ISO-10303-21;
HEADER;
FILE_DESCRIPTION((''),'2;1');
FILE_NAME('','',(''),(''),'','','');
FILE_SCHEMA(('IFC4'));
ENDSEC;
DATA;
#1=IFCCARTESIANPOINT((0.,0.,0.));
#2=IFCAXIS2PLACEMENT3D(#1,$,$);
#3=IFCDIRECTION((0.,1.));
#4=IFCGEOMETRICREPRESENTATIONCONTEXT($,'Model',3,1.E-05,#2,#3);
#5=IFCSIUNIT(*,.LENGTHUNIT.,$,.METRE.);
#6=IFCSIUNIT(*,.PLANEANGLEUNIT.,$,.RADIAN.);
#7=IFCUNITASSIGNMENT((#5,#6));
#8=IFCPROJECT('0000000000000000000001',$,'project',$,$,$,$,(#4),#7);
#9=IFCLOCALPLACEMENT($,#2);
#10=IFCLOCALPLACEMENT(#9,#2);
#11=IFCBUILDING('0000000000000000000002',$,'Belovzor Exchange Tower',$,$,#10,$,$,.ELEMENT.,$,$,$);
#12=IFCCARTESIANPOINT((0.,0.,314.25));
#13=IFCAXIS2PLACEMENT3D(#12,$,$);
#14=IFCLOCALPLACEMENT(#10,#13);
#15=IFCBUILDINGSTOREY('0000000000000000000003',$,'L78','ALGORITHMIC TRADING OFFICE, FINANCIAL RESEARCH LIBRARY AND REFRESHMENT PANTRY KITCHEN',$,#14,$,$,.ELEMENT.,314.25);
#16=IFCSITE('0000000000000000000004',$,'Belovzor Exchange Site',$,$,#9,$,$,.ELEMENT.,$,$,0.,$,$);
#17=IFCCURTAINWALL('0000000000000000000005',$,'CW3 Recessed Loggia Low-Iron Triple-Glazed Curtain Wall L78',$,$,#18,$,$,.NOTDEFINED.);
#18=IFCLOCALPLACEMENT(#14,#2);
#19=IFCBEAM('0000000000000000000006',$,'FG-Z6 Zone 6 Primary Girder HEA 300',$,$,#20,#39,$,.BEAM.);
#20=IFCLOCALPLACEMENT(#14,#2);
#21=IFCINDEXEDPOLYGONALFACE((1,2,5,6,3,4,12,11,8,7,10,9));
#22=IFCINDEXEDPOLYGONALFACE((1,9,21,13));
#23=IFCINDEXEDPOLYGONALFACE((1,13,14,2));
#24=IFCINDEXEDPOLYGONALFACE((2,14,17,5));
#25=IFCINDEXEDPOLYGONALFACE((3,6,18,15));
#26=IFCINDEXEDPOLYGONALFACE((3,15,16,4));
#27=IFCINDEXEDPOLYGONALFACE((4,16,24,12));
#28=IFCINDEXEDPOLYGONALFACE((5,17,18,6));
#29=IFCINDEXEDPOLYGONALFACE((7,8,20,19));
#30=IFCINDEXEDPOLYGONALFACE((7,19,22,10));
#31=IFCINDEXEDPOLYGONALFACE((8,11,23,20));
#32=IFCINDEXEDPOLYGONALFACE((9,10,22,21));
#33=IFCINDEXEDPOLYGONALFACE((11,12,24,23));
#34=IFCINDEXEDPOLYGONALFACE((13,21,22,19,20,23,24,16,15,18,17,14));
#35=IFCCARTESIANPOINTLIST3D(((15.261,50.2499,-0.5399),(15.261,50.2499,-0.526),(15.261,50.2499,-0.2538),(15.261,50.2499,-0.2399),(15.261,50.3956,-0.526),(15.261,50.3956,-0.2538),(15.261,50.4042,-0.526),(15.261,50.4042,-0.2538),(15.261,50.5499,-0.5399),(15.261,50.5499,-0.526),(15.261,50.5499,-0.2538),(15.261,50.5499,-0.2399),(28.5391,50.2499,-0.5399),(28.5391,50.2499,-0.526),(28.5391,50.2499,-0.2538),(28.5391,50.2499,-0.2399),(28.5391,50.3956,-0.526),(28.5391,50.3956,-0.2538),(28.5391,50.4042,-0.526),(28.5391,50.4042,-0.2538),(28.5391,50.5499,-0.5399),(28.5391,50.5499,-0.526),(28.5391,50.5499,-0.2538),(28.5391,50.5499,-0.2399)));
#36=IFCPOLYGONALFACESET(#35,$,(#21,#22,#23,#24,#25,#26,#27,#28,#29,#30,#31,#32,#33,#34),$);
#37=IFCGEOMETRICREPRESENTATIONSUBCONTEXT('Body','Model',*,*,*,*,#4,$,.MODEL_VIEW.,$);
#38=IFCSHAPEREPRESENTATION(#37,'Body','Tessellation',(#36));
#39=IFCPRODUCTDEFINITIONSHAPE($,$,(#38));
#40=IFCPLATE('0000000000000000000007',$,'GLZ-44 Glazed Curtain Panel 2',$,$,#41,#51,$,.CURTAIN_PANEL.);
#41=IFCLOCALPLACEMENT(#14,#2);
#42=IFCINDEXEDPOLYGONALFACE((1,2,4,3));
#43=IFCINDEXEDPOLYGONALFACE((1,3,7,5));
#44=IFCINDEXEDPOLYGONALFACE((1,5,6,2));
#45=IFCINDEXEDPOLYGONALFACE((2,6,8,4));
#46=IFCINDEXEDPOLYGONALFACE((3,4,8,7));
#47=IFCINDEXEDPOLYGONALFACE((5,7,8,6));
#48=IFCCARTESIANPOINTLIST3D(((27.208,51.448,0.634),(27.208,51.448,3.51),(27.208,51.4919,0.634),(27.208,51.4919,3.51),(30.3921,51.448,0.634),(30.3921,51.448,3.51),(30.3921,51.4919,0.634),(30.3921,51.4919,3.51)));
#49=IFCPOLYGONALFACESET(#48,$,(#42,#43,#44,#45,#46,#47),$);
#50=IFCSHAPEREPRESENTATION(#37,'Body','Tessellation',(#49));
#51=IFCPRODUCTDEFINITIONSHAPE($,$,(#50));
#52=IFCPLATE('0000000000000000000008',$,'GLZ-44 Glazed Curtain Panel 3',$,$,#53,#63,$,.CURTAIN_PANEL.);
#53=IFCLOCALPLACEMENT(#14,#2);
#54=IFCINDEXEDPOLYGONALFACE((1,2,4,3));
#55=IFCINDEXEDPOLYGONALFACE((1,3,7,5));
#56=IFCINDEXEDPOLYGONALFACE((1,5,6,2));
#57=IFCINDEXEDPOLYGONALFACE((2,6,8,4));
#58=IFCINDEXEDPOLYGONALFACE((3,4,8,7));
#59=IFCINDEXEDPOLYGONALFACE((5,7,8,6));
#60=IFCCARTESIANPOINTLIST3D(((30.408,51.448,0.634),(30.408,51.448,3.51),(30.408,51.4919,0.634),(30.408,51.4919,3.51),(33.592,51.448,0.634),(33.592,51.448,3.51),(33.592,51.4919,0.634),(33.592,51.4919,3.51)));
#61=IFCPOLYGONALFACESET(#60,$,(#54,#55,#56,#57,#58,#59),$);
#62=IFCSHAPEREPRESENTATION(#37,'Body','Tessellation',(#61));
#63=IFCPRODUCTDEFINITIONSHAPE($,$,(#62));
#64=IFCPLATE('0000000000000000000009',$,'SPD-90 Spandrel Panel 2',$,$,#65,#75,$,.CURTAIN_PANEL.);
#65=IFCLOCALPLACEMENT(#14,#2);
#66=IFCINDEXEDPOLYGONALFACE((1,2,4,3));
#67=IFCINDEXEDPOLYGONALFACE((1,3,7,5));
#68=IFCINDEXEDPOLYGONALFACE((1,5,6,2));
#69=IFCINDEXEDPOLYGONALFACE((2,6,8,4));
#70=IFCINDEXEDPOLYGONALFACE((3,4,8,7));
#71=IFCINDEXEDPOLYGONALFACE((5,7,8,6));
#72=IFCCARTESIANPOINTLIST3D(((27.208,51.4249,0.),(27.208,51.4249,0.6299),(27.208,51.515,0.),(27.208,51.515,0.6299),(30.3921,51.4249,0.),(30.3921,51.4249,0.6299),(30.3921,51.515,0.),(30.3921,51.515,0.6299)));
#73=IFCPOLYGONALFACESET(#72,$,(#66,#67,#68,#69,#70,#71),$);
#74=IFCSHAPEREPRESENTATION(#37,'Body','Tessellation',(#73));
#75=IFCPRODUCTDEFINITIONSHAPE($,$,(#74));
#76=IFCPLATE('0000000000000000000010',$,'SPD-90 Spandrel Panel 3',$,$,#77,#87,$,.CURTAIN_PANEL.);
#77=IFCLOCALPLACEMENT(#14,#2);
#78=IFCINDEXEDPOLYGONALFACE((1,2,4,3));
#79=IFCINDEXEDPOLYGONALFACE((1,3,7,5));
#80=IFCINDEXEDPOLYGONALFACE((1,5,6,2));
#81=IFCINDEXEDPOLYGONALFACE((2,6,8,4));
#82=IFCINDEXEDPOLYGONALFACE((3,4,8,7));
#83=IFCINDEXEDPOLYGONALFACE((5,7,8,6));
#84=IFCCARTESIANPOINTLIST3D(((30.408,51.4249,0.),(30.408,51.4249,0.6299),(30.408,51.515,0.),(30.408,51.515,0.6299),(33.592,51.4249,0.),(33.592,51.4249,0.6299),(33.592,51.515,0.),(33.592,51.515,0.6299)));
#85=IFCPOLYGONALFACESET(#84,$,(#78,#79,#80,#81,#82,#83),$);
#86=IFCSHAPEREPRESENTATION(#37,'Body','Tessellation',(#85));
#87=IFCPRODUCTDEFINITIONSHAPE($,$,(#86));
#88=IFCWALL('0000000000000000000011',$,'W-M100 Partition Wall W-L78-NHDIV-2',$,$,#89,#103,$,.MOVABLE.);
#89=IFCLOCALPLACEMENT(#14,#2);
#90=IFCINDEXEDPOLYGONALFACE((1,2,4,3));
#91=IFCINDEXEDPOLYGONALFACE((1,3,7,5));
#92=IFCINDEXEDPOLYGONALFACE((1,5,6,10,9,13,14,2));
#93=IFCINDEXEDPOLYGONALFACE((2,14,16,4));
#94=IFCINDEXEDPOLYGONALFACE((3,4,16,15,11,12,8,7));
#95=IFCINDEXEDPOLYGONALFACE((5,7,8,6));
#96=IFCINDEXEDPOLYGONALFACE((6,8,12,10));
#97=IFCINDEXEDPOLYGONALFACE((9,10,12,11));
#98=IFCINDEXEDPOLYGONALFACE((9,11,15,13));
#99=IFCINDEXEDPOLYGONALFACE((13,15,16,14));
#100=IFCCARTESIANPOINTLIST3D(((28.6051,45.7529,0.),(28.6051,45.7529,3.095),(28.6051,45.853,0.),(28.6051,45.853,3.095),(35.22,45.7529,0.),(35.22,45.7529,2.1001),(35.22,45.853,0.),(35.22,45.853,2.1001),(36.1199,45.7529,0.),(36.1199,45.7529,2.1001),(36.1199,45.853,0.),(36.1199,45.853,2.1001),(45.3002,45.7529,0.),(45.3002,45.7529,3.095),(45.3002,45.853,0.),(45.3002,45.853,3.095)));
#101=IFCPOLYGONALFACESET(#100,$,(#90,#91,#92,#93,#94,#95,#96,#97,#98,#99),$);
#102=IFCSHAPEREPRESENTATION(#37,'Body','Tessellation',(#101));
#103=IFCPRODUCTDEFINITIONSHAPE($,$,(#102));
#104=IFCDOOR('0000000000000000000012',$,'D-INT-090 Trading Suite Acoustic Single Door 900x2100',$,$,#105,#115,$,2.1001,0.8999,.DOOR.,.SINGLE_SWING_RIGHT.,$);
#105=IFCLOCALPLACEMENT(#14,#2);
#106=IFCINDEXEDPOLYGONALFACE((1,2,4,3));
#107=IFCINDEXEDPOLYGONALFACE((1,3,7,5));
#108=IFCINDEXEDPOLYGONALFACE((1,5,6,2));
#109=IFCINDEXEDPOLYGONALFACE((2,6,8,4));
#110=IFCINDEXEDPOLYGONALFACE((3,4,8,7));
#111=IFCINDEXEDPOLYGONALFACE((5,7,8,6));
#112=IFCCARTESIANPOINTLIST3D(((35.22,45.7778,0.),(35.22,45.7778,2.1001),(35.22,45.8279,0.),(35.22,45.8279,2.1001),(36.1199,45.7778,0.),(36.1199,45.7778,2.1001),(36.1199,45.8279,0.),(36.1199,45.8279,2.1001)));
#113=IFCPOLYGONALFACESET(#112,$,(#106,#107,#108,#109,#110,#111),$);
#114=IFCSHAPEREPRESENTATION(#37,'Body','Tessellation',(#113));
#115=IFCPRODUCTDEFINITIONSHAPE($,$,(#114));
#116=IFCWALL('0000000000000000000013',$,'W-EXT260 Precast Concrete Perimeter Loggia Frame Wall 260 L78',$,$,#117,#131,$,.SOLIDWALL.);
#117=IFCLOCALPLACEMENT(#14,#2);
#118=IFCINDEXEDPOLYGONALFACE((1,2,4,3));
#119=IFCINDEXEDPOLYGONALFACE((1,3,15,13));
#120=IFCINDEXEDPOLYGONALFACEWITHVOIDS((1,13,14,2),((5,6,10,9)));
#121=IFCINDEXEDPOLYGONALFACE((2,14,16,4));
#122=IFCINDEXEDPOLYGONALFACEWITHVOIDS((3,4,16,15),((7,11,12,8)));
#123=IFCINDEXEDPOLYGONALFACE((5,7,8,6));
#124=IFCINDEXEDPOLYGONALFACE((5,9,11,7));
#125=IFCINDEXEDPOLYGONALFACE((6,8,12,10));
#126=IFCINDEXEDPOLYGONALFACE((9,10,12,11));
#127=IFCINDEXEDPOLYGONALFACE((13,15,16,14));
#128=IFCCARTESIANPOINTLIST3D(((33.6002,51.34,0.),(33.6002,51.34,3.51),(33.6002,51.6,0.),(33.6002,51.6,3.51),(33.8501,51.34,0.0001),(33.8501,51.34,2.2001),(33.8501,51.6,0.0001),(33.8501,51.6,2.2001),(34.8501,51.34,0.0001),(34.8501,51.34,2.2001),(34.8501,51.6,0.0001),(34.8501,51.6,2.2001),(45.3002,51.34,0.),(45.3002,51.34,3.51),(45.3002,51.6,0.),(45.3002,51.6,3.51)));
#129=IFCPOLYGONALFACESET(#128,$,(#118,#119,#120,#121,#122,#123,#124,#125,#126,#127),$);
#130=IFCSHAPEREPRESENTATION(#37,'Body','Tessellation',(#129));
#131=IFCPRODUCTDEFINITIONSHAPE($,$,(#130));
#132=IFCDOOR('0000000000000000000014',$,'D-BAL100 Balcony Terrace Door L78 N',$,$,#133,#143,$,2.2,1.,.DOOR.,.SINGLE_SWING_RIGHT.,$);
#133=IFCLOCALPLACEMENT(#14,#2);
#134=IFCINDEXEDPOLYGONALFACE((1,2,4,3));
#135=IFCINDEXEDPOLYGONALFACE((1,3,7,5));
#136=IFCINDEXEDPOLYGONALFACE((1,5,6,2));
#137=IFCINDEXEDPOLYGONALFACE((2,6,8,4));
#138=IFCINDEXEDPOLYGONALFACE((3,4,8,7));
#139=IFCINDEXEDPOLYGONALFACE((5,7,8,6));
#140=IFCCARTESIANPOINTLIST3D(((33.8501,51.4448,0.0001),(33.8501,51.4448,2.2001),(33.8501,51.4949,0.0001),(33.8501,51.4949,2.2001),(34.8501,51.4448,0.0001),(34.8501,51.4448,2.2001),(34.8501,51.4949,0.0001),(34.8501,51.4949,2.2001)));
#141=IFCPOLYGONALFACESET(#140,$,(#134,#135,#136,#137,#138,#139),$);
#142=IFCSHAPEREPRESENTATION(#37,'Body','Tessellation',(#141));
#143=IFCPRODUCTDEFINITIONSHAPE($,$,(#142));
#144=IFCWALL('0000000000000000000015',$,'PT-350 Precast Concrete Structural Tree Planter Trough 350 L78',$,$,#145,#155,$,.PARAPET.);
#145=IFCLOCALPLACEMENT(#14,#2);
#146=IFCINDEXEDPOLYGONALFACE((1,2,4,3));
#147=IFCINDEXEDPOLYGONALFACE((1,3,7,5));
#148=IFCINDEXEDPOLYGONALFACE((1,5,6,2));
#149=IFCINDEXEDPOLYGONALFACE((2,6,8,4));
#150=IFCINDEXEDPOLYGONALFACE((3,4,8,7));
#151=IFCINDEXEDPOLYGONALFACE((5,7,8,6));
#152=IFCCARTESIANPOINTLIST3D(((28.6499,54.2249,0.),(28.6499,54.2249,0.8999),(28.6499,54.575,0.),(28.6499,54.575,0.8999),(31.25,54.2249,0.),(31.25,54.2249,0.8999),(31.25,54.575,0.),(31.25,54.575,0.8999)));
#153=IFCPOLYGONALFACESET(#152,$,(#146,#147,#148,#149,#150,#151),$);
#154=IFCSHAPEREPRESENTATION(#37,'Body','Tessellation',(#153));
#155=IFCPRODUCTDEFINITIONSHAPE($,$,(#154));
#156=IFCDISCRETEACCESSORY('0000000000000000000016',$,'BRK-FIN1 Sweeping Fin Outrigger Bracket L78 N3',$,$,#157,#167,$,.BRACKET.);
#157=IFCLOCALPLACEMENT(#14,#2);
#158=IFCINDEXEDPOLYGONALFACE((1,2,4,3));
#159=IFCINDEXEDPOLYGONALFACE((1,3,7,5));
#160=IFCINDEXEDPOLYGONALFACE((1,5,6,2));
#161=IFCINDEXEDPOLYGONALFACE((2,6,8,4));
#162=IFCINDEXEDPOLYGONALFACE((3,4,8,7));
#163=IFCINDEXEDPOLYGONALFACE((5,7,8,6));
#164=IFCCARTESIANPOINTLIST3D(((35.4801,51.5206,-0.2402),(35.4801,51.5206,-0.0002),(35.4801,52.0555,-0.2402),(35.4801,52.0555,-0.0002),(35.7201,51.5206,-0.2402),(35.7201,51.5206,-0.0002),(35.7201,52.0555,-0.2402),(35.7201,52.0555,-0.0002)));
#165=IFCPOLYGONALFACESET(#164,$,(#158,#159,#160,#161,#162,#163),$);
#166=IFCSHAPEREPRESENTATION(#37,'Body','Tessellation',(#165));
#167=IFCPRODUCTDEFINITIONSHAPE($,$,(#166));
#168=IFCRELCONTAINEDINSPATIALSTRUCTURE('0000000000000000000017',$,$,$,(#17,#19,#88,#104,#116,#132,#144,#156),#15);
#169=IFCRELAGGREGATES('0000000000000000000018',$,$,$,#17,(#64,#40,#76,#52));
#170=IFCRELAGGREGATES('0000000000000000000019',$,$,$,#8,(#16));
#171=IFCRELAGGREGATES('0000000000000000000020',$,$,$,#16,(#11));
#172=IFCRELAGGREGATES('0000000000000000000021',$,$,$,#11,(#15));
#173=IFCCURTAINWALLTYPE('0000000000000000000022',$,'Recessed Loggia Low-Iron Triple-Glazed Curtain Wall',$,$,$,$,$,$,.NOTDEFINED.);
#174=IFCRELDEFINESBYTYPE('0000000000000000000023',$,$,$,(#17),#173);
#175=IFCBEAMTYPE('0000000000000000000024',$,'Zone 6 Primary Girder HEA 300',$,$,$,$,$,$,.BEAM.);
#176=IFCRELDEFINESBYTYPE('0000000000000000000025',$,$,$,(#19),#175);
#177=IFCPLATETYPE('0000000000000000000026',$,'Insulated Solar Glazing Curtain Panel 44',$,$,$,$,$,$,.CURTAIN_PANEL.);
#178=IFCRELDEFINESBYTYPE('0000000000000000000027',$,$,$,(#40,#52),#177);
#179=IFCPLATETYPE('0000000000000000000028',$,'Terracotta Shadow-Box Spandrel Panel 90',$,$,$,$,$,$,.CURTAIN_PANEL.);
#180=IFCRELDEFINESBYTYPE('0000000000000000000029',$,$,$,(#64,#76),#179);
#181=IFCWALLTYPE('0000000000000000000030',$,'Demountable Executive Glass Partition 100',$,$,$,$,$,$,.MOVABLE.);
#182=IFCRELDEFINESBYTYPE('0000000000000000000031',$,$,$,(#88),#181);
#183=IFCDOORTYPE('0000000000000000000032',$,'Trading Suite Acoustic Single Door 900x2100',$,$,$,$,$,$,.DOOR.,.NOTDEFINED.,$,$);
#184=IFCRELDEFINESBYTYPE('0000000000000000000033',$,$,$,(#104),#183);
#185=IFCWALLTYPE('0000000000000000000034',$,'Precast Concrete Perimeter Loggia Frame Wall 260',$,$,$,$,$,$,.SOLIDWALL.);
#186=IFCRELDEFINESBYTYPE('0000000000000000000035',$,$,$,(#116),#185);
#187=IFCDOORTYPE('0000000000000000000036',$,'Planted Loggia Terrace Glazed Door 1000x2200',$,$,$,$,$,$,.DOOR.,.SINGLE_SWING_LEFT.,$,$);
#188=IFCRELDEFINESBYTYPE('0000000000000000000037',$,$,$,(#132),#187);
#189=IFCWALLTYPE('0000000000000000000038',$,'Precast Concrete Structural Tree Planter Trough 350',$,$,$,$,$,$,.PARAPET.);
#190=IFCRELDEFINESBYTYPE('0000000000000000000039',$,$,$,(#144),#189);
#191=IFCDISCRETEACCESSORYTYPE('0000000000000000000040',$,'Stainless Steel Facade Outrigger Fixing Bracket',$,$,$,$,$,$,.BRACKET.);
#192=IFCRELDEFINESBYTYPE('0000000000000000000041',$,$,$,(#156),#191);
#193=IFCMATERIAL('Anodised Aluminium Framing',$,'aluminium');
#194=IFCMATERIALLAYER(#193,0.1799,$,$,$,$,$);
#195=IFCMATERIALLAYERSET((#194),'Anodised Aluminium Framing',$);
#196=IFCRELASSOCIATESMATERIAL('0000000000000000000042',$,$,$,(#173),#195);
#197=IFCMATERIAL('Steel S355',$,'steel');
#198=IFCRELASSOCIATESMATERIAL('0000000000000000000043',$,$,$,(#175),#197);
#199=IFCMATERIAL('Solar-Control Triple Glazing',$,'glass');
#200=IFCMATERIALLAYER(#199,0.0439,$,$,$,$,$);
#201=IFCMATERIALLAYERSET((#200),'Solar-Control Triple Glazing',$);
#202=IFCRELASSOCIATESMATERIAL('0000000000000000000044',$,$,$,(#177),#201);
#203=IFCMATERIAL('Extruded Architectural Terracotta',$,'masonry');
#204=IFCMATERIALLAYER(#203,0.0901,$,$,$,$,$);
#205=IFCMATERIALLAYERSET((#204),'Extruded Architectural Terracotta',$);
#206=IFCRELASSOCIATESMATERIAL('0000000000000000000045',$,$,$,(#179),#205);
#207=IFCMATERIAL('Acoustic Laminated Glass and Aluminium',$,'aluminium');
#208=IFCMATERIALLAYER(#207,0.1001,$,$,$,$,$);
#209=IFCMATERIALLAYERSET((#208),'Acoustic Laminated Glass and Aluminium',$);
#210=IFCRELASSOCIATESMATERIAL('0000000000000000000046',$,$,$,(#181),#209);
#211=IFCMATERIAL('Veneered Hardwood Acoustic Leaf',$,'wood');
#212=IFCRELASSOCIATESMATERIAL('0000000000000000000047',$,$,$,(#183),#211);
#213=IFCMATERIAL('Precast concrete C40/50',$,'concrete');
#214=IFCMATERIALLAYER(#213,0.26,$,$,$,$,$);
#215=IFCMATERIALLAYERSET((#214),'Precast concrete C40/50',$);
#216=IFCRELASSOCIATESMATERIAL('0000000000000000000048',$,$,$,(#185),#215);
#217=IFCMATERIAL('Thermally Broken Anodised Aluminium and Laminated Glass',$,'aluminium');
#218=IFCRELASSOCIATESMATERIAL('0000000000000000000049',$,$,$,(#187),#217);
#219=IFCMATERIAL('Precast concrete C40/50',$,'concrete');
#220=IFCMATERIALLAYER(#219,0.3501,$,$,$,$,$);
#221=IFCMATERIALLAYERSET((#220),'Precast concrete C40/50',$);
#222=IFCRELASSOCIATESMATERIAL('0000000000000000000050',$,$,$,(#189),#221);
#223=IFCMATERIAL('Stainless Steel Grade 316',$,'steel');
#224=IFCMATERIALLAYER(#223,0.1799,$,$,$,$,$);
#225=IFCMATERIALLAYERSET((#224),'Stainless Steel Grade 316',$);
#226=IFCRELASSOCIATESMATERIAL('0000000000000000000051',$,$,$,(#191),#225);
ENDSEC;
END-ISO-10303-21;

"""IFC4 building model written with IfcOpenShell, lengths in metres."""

from ifc_helpers import new_model, si_unit, direction, frame, frame_2d, origin, origin_2d, place, context, subcontext, project, spatial, rectangle, i_section, extrude, material, layer, layer_set, material_profile, profile_set, type_object, element, fill, aggregate, save


model = new_model("IFC4")

# Units and contexts
model_context = context("Model", 3, precision=1e-05, world=origin(), true_north=direction((0.0, 1.0)))
body_context = subcontext(model_context, "Body", "Model", "MODEL_VIEW")
ifc_project = project(units=[si_unit("LENGTHUNIT", "METRE"), si_unit("PLANEANGLEUNIT", "RADIAN")], contexts=[model_context])

# Site, building, storey
site_placement = place(None, origin())
site = spatial("IfcSite", under=ifc_project, at=site_placement, Name="Belovzor Exchange Site", CompositionType="ELEMENT", RefElevation=0.0)
building_placement = place(site_placement, origin())
building = spatial("IfcBuilding", under=site, at=building_placement, Name="Belovzor Exchange Tower", CompositionType="ELEMENT")
storey_placement = place(building_placement, frame((0.0, 0.0, 314.25)))
storey = spatial("IfcBuildingStorey", under=building, at=storey_placement, Name="L78", Description="ALGORITHMIC TRADING OFFICE, FINANCIAL RESEARCH LIBRARY AND REFRESHMENT PANTRY KITCHEN", CompositionType="ELEMENT", Elevation=314.25)

# Curtain wall
ifc_material_1 = material(Name="Anodised Aluminium Framing", Category="aluminium")
ifc_layer_1 = layer(ifc_material_1, 0.1799)
ifc_layer_set_1 = layer_set([ifc_layer_1], Name="Anodised Aluminium Framing")
curtain_wall_type = type_object("IfcCurtainWallType", Name="Recessed Loggia Low-Iron Triple-Glazed Curtain Wall", PredefinedType="NOTDEFINED", material=ifc_layer_set_1)
curtain_wall_placement = place(storey_placement, origin())
curtain_wall = element("IfcCurtainWall", 1, at=curtain_wall_placement, inside=storey, type_object=curtain_wall_type, Name="CW3 Recessed Loggia Low-Iron Triple-Glazed Curtain Wall L78", PredefinedType="NOTDEFINED")

# Beam
ifc_material_2 = material(Name="Steel S355", Category="steel")
ifc_material_profile_1 = material_profile(ifc_material_2, i_section(OverallWidth=0.3, OverallDepth=0.3, WebThickness=0.0085, FlangeThickness=0.0139, at=origin_2d()))
ifc_profile_set_1 = profile_set([ifc_material_profile_1], Name="Steel S355")
beam_type_1 = type_object("IfcBeamType", Name="Zone 6 Primary Girder HEA 300", PredefinedType="BEAM", material=ifc_profile_set_1)
beam_1_placement = place(storey_placement, frame((28.5391, 50.3999, -0.3899), z_axis=(-1.0, 0.0, 0.0), x_axis=(0.0, -1.0, 0.0)))
element("IfcBeam", 2, at=beam_1_placement, inside=storey, type_object=beam_type_1, Name="FG-Z6 Zone 6 Primary Girder HEA 300", PredefinedType="BEAM", context=body_context, shape_type="SweptSolid", body=[
    extrude(i_section(OverallWidth=0.3, OverallDepth=0.3, WebThickness=0.0085, FlangeThickness=0.0139, at=origin_2d()), origin(), (0.0, 0.0, 1.0), 13.2781),
])

# Plates
ifc_material_3 = material(Name="Solar-Control Triple Glazing", Category="glass")
ifc_layer_2 = layer(ifc_material_3, 0.0439)
ifc_layer_set_2 = layer_set([ifc_layer_2], Name="Solar-Control Triple Glazing")
plate_type_1 = type_object("IfcPlateType", Name="Insulated Solar Glazing Curtain Panel 44", PredefinedType="CURTAIN_PANEL", material=ifc_layer_set_2)
plate_1_placement = place(storey_placement, frame((28.8, 51.47, 0.634), z_axis=(0.0, 0.0, 1.0), x_axis=(1.0, 0.0, 0.0)))
plate_1 = element("IfcPlate", 3, at=plate_1_placement, type_object=plate_type_1, Name="GLZ-44 Glazed Curtain Panel 2", PredefinedType="CURTAIN_PANEL", context=body_context, shape_type="SweptSolid", body=[
    extrude(rectangle(XDim=3.1841, YDim=0.0439, at=origin_2d()), origin(), (0.0, 0.0, 1.0), 2.876),
])
plate_2_placement = place(storey_placement, frame((32.0, 51.47, 0.634), z_axis=(0.0, 0.0, 1.0), x_axis=(1.0, 0.0, 0.0)))
plate_2 = element("IfcPlate", 4, at=plate_2_placement, type_object=plate_type_1, Name="GLZ-44 Glazed Curtain Panel 3", PredefinedType="CURTAIN_PANEL", context=body_context, shape_type="SweptSolid", body=[
    extrude(rectangle(XDim=3.1841, YDim=0.0439, at=origin_2d()), origin(), (0.0, 0.0, 1.0), 2.876),
])
ifc_material_4 = material(Name="Extruded Architectural Terracotta", Category="masonry")
ifc_layer_3 = layer(ifc_material_4, 0.0901)
ifc_layer_set_3 = layer_set([ifc_layer_3], Name="Extruded Architectural Terracotta")
plate_type_2 = type_object("IfcPlateType", Name="Terracotta Shadow-Box Spandrel Panel 90", PredefinedType="CURTAIN_PANEL", material=ifc_layer_set_3)
plate_3_placement = place(storey_placement, frame((28.8, 51.47, 0.0), z_axis=(0.0, 0.0, 1.0), x_axis=(1.0, 0.0, 0.0)))
plate_3 = element("IfcPlate", 5, at=plate_3_placement, type_object=plate_type_2, Name="SPD-90 Spandrel Panel 2", PredefinedType="CURTAIN_PANEL", context=body_context, shape_type="SweptSolid", body=[
    extrude(rectangle(XDim=3.1841, YDim=0.0901, at=origin_2d()), origin(), (0.0, 0.0, 1.0), 0.6299),
])
plate_4_placement = place(storey_placement, frame((32.0, 51.47, 0.0), z_axis=(0.0, 0.0, 1.0), x_axis=(1.0, 0.0, 0.0)))
plate_4 = element("IfcPlate", 6, at=plate_4_placement, type_object=plate_type_2, Name="SPD-90 Spandrel Panel 3", PredefinedType="CURTAIN_PANEL", context=body_context, shape_type="SweptSolid", body=[
    extrude(rectangle(XDim=3.1841, YDim=0.0901, at=origin_2d()), origin(), (0.0, 0.0, 1.0), 0.6299),
])
aggregate(curtain_wall, [plate_3, plate_1, plate_4, plate_2])

# Walls, openings, doors
ifc_material_5 = material(Name="Acoustic Laminated Glass and Aluminium", Category="aluminium")
ifc_layer_4 = layer(ifc_material_5, 0.1001)
ifc_layer_set_4 = layer_set([ifc_layer_4], Name="Acoustic Laminated Glass and Aluminium")
wall_type_1 = type_object("IfcWallType", Name="Demountable Executive Glass Partition 100", PredefinedType="MOVABLE", material=ifc_layer_set_4)
wall_1_placement = place(storey_placement, frame((28.605, 45.803, 0.0), z_axis=(0.0, 0.0, 1.0), x_axis=(1.0, 0.0, 0.0)))
wall_1 = element("IfcWall", 7, at=wall_1_placement, inside=storey, type_object=wall_type_1, Name="W-M100 Partition Wall W-L78-NHDIV-2", PredefinedType="MOVABLE", context=body_context, shape_type="SweptSolid", body=[
    extrude(rectangle(XDim=16.6951, YDim=0.1001, at=frame_2d((8.3477, 0.0))), origin(), (0.0, 0.0, 1.0), 3.095),
])
opening_1_placement = place(wall_1_placement, frame((6.615, 0.0, 0.0)))
opening_1 = element("IfcOpeningElement", 8, at=opening_1_placement, cuts=wall_1, PredefinedType="OPENING", context=body_context, shape_type="SweptSolid", body=[
    extrude(rectangle(XDim=0.8999, YDim=2.1001, at=frame_2d((0.45, 1.05))), frame((0.0, 0.0601, 0.0), z_axis=(0.0, -1.0, 0.0), x_axis=(1.0, 0.0, 0.0)), (0.0, 0.0, 1.0), 0.1201),
])
ifc_material_6 = material(Name="Veneered Hardwood Acoustic Leaf", Category="wood")
door_type_1 = type_object("IfcDoorType", Name="Trading Suite Acoustic Single Door 900x2100", OperationType="NOTDEFINED", PredefinedType="DOOR", material=ifc_material_6)
door_1_placement = place(opening_1_placement, origin())
door_1 = element("IfcDoor", 9, at=door_1_placement, inside=storey, type_object=door_type_1, Name="D-INT-090 Trading Suite Acoustic Single Door 900x2100", OperationType="SINGLE_SWING_RIGHT", OverallHeight=2.1001, OverallWidth=0.8999, PredefinedType="DOOR", context=body_context, shape_type="SweptSolid", body=[
    extrude(rectangle(XDim=0.8999, YDim=2.1001, at=frame_2d((0.45, 1.05))), frame((0.0, 0.0249, 0.0), z_axis=(0.0, -1.0, 0.0), x_axis=(1.0, 0.0, 0.0)), (0.0, 0.0, 1.0), 0.05),
])
fill(opening_1, door_1)
ifc_material_7 = material(Name="Precast concrete C40/50", Category="concrete")
ifc_layer_5 = layer(ifc_material_7, 0.26)
ifc_layer_set_5 = layer_set([ifc_layer_5], Name="Precast concrete C40/50")
wall_type_2 = type_object("IfcWallType", Name="Precast Concrete Perimeter Loggia Frame Wall 260", PredefinedType="SOLIDWALL", material=ifc_layer_set_5)
wall_2_placement = place(storey_placement, frame((33.6001, 51.47, 0.0), z_axis=(0.0, 0.0, 1.0), x_axis=(1.0, 0.0, 0.0)))
wall_2 = element("IfcWall", 10, at=wall_2_placement, inside=storey, type_object=wall_type_2, Name="W-EXT260 Precast Concrete Perimeter Loggia Frame Wall 260 L78", PredefinedType="SOLIDWALL", context=body_context, shape_type="SweptSolid", body=[
    extrude(rectangle(XDim=11.7, YDim=0.26, at=frame_2d((5.8501, 0.0))), origin(), (0.0, 0.0, 1.0), 3.51),
])
opening_2_placement = place(wall_2_placement, frame((0.25, 0.0, 0.0)))
opening_2 = element("IfcOpeningElement", 11, at=opening_2_placement, cuts=wall_2, PredefinedType="OPENING", context=body_context, shape_type="SweptSolid", body=[
    extrude(rectangle(XDim=1.0, YDim=2.2, at=frame_2d((0.5, 1.1001))), frame((0.0, 0.1399, 0.0), z_axis=(0.0, -1.0, 0.0), x_axis=(1.0, 0.0, 0.0)), (0.0, 0.0, 1.0), 0.28),
])
ifc_material_8 = material(Name="Thermally Broken Anodised Aluminium and Laminated Glass", Category="aluminium")
door_type_2 = type_object("IfcDoorType", Name="Planted Loggia Terrace Glazed Door 1000x2200", OperationType="SINGLE_SWING_LEFT", PredefinedType="DOOR", material=ifc_material_8)
door_2_placement = place(opening_2_placement, origin())
door_2 = element("IfcDoor", 12, at=door_2_placement, inside=storey, type_object=door_type_2, Name="D-BAL100 Balcony Terrace Door L78 N", OperationType="SINGLE_SWING_RIGHT", OverallHeight=2.2, OverallWidth=1.0, PredefinedType="DOOR", context=body_context, shape_type="SweptSolid", body=[
    extrude(rectangle(XDim=1.0, YDim=2.2, at=frame_2d((0.5, 1.1001))), frame((0.0, 0.0249, 0.0), z_axis=(0.0, -1.0, 0.0), x_axis=(1.0, 0.0, 0.0)), (0.0, 0.0, 1.0), 0.05),
])
fill(opening_2, door_2)

# Wall
ifc_material_9 = material(Name="Precast concrete C40/50", Category="concrete")
ifc_layer_6 = layer(ifc_material_9, 0.3501)
ifc_layer_set_6 = layer_set([ifc_layer_6], Name="Precast concrete C40/50")
wall_type_3 = type_object("IfcWallType", Name="Precast Concrete Structural Tree Planter Trough 350", PredefinedType="PARAPET", material=ifc_layer_set_6)
wall_3_placement = place(storey_placement, frame((28.6499, 54.3999, 0.0), z_axis=(0.0, 0.0, 1.0), x_axis=(1.0, 0.0, 0.0)))
element("IfcWall", 13, at=wall_3_placement, inside=storey, type_object=wall_type_3, Name="PT-350 Precast Concrete Structural Tree Planter Trough 350 L78", PredefinedType="PARAPET", context=body_context, shape_type="SweptSolid", body=[
    extrude(rectangle(XDim=2.6001, YDim=0.3501, at=frame_2d((1.3, 0.0))), origin(), (0.0, 0.0, 1.0), 0.8999),
])

# Discrete accessory
ifc_material_10 = material(Name="Stainless Steel Grade 316", Category="steel")
ifc_layer_7 = layer(ifc_material_10, 0.1799)
ifc_layer_set_7 = layer_set([ifc_layer_7], Name="Stainless Steel Grade 316")
discrete_accessory_type = type_object("IfcDiscreteAccessoryType", Name="Stainless Steel Facade Outrigger Fixing Bracket", PredefinedType="BRACKET", material=ifc_layer_set_7)
discrete_accessory_placement = place(storey_placement, frame((35.6001, 51.7881, -0.2402), z_axis=(0.0, 0.0, 1.0), x_axis=(0.0, 1.0, 0.0)))
element("IfcDiscreteAccessory", 14, at=discrete_accessory_placement, inside=storey, type_object=discrete_accessory_type, Name="BRK-FIN1 Sweeping Fin Outrigger Bracket L78 N3", PredefinedType="BRACKET", context=body_context, shape_type="SweptSolid", body=[
    extrude(rectangle(XDim=0.5349, YDim=0.24, at=origin_2d()), origin(), (0.0, 0.0, 1.0), 0.24),
])

save(model, "model.ifc")
